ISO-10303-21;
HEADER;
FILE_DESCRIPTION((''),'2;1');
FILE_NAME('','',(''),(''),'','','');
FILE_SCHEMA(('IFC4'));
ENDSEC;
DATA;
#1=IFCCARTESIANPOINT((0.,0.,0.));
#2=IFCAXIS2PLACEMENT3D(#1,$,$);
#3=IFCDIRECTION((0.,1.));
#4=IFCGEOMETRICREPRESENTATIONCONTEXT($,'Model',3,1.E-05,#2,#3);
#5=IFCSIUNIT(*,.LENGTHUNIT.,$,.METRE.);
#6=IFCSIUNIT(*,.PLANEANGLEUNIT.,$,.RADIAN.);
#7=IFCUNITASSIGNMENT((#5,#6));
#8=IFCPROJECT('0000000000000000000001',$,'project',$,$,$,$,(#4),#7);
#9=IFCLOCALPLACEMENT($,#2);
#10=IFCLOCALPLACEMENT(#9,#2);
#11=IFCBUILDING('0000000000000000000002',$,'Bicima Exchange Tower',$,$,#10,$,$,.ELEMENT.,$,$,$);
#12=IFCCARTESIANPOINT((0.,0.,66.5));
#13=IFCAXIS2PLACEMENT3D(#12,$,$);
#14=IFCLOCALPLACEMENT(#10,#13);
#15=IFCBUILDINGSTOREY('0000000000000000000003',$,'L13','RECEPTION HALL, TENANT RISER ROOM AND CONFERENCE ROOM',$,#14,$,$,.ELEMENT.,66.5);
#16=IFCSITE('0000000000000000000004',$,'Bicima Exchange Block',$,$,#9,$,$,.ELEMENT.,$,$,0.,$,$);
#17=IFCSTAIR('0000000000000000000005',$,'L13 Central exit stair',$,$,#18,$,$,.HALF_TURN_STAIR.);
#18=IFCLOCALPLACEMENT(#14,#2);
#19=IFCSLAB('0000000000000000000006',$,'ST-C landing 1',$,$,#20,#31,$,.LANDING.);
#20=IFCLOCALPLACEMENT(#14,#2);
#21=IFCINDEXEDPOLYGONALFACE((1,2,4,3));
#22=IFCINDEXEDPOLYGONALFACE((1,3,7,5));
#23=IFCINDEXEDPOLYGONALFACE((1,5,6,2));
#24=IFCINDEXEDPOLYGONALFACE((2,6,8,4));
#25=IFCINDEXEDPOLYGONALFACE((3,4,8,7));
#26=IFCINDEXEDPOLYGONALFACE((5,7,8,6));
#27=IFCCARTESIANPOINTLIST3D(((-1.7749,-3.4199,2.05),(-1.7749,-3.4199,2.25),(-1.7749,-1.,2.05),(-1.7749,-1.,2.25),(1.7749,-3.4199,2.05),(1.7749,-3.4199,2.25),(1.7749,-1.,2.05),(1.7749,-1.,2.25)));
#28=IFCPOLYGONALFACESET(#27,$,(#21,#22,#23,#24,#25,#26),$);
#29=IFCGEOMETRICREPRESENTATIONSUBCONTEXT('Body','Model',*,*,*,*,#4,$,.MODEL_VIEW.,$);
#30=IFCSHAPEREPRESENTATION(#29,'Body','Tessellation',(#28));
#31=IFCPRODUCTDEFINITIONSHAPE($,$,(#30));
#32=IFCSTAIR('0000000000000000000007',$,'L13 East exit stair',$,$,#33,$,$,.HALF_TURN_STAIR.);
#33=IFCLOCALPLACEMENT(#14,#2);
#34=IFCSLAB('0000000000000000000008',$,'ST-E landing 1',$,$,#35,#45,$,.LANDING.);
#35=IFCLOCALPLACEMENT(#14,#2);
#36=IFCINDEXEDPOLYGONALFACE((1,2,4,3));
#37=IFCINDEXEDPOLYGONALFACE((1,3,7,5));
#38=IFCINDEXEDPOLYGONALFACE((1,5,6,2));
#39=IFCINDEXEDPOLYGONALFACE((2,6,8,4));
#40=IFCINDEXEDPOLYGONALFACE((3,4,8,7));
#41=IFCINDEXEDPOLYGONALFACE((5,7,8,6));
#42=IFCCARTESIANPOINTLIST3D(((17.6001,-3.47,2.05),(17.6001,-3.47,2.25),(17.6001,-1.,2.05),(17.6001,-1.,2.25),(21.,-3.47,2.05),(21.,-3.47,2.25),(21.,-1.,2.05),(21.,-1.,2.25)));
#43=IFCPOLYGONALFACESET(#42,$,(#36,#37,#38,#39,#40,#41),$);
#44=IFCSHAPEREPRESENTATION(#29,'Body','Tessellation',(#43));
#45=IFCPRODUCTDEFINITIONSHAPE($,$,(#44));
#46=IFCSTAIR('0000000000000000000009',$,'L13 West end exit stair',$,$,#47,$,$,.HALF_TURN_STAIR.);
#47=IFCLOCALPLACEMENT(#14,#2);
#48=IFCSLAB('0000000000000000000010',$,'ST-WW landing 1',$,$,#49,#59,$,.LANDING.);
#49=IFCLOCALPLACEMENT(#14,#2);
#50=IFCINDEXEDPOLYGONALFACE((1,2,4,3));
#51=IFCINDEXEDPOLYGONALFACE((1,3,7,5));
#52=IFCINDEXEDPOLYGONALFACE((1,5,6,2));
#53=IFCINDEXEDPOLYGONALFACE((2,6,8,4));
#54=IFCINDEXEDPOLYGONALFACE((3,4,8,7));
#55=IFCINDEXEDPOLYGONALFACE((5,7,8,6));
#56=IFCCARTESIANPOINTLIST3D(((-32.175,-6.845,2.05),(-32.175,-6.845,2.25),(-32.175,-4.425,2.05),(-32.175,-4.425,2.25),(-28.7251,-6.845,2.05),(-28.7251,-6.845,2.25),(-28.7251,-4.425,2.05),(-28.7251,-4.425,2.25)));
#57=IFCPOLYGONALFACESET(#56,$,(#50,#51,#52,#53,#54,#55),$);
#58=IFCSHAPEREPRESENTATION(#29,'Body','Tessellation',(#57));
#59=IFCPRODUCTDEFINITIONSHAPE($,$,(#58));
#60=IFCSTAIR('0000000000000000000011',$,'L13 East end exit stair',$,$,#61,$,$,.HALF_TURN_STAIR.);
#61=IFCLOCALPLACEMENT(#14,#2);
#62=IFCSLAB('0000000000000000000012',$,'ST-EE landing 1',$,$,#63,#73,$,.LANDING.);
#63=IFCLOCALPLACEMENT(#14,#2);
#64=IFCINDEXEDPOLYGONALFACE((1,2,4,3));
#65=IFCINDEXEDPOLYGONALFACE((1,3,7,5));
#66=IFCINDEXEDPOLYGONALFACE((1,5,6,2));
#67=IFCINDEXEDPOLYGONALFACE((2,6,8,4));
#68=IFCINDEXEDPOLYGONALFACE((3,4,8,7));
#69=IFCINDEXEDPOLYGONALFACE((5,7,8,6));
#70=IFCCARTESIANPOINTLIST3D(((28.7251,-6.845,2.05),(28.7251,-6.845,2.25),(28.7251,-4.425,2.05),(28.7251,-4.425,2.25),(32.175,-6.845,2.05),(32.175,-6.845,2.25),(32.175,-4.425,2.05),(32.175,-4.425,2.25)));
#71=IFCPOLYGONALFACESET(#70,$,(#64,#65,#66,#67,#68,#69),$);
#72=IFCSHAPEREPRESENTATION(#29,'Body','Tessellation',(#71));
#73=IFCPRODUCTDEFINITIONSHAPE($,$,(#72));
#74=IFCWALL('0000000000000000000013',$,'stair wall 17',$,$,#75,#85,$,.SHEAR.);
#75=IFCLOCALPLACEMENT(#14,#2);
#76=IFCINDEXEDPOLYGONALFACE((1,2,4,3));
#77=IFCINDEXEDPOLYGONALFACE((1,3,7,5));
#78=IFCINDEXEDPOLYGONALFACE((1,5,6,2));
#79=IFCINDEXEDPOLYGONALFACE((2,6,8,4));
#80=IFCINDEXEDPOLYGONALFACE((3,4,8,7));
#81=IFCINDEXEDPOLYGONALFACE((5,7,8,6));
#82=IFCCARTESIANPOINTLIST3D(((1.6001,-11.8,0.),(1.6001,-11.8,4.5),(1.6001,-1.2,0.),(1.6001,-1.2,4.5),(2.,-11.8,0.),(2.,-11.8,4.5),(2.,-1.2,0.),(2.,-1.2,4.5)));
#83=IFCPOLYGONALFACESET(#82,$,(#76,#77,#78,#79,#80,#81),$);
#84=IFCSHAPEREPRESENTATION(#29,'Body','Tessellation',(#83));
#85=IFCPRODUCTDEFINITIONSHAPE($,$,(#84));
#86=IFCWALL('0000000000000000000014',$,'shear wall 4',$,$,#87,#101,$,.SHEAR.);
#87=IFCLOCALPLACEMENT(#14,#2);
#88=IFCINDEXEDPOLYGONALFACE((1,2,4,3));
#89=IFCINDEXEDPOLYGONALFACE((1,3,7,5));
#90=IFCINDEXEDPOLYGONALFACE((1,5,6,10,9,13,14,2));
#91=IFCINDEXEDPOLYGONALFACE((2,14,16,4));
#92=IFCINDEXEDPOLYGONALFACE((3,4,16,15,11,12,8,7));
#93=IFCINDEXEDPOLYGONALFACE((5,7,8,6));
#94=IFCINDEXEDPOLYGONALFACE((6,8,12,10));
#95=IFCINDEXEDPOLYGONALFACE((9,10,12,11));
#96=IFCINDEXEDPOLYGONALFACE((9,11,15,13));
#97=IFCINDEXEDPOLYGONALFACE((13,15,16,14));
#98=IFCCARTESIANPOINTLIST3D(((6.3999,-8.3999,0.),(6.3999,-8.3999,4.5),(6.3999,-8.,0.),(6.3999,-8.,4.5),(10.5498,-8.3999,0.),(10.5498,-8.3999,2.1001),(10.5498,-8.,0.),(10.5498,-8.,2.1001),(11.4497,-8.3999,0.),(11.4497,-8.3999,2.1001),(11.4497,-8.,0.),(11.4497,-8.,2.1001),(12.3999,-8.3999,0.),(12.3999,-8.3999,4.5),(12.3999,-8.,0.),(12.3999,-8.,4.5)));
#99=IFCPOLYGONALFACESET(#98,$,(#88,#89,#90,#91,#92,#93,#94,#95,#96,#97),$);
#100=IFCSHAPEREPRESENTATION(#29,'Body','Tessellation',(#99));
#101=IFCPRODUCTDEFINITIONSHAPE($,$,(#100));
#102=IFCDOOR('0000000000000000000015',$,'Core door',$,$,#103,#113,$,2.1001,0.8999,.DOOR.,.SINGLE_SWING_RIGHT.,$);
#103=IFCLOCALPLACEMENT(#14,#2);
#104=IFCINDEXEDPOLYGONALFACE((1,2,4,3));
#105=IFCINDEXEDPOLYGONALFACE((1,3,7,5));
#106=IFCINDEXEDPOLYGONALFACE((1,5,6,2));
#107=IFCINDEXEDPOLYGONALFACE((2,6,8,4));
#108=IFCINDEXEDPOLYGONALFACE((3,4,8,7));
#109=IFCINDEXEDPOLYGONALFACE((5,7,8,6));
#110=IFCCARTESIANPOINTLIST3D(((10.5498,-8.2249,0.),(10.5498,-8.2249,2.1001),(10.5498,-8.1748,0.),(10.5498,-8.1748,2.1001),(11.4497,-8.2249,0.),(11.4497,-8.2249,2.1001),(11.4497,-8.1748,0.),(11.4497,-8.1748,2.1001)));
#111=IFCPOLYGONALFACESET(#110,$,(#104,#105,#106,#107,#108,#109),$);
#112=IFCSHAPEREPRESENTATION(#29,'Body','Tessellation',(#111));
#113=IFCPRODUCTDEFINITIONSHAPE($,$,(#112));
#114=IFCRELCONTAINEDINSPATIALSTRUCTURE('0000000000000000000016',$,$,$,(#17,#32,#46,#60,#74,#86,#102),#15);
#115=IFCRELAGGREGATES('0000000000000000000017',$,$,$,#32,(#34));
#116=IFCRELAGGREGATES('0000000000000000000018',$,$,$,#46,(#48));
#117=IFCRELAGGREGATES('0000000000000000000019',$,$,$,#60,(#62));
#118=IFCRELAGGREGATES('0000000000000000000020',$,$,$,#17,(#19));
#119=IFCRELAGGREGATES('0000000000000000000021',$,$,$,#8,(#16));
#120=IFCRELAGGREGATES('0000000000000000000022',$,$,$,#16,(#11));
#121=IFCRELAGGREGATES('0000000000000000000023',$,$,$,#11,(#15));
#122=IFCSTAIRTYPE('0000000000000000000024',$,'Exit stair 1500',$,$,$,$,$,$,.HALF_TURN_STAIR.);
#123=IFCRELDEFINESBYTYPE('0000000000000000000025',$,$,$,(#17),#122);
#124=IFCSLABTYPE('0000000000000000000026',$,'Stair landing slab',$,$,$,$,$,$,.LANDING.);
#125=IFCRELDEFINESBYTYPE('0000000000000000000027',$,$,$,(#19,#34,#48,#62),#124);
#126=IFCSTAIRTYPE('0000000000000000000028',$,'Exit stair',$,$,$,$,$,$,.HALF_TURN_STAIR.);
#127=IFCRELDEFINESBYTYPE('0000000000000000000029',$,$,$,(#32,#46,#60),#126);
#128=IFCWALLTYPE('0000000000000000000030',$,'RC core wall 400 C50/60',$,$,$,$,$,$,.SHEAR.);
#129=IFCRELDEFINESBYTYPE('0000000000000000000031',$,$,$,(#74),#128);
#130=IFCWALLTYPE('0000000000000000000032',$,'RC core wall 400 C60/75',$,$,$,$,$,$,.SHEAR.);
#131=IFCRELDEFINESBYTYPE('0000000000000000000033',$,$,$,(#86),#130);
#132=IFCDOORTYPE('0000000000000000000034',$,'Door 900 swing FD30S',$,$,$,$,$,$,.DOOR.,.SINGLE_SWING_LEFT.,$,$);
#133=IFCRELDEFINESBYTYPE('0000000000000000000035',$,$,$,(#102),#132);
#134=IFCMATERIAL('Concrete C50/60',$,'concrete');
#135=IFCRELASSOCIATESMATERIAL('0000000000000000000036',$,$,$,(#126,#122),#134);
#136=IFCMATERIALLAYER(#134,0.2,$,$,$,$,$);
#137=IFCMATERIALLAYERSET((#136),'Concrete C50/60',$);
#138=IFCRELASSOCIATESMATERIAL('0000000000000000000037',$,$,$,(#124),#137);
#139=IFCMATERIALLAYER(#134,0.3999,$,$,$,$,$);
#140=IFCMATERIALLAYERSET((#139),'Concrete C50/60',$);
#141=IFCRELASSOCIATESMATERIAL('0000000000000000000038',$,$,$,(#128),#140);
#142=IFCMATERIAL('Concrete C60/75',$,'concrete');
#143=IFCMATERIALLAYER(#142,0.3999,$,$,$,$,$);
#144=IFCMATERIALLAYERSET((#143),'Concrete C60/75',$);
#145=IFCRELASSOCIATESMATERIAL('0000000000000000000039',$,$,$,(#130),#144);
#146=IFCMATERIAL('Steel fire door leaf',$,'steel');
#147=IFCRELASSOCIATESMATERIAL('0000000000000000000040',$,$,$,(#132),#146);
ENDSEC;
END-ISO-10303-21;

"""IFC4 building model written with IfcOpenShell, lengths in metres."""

from ifc_helpers import new_model, si_unit, direction, frame, frame_2d, origin, place, context, subcontext, project, spatial, polyline, rectangle, outline, extrude, material, layer, layer_set, type_object, element, fill, aggregate, save


model = new_model("IFC4")

# Units and contexts
model_context = context("Model", 3, precision=1e-05, world=origin(), true_north=direction((0.0, 1.0)))
body_context = subcontext(model_context, "Body", "Model", "MODEL_VIEW")
ifc_project = project(units=[si_unit("LENGTHUNIT", "METRE"), si_unit("PLANEANGLEUNIT", "RADIAN")], contexts=[model_context])

# Site, building, storey
site_placement = place(None, origin())
site = spatial("IfcSite", under=ifc_project, at=site_placement, Name="Bicima Exchange Block", CompositionType="ELEMENT", RefElevation=0.0)
building_placement = place(site_placement, origin())
building = spatial("IfcBuilding", under=site, at=building_placement, Name="Bicima Exchange Tower", CompositionType="ELEMENT")
storey_placement = place(building_placement, frame((0.0, 0.0, 66.5)))
storey = spatial("IfcBuildingStorey", under=building, at=storey_placement, Name="L13", Description="RECEPTION HALL, TENANT RISER ROOM AND CONFERENCE ROOM", CompositionType="ELEMENT", Elevation=66.5)

# Stairs, slabs
ifc_material_1 = material(Name="Concrete C50/60", Category="concrete")
stair_type_1 = type_object("IfcStairType", Name="Exit stair", PredefinedType="HALF_TURN_STAIR", material=ifc_material_1)
ifc_layer_1 = layer(ifc_material_1, 0.2)
ifc_layer_set_1 = layer_set([ifc_layer_1], Name="Concrete C50/60")
slab_type_1 = type_object("IfcSlabType", Name="Stair landing slab", PredefinedType="LANDING", material=ifc_layer_set_1)
stair_type_2 = type_object("IfcStairType", Name="Exit stair 1500", PredefinedType="HALF_TURN_STAIR", material=ifc_material_1)
stair_1_placement = place(storey_placement, origin())
stair_1 = element("IfcStair", 1, at=stair_1_placement, inside=storey, type_object=stair_type_2, Name="L13 Central exit stair", PredefinedType="HALF_TURN_STAIR")
slab_1_placement = place(storey_placement, frame((0.0, 0.0, 2.05)))
slab_1 = element("IfcSlab", 2, at=slab_1_placement, type_object=slab_type_1, Name="ST-C landing 1", PredefinedType="LANDING", context=body_context, shape_type="SweptSolid", body=[
    extrude(outline(polyline([(1.7749, -3.4199), (1.7749, -1.0), (-1.7749, -1.0), (-1.7749, -3.4199), (1.7749, -3.4199)])), origin(), (0.0, 0.0, 1.0), 0.2),
])
stair_2_placement = place(storey_placement, origin())
stair_2 = element("IfcStair", 3, at=stair_2_placement, inside=storey, type_object=stair_type_1, Name="L13 East exit stair", PredefinedType="HALF_TURN_STAIR")
slab_2_placement = place(storey_placement, frame((0.0, 0.0, 2.05)))
slab_2 = element("IfcSlab", 4, at=slab_2_placement, type_object=slab_type_1, Name="ST-E landing 1", PredefinedType="LANDING", context=body_context, shape_type="SweptSolid", body=[
    extrude(outline(polyline([(21.0, -3.47), (21.0, -1.0), (17.6001, -1.0), (17.6001, -3.47), (21.0, -3.47)])), origin(), (0.0, 0.0, 1.0), 0.2),
])
aggregate(stair_2, [slab_2])
stair_3_placement = place(storey_placement, origin())
stair_3 = element("IfcStair", 5, at=stair_3_placement, inside=storey, type_object=stair_type_1, Name="L13 West end exit stair", PredefinedType="HALF_TURN_STAIR")
slab_3_placement = place(storey_placement, frame((0.0, 0.0, 2.05)))
slab_3 = element("IfcSlab", 6, at=slab_3_placement, type_object=slab_type_1, Name="ST-WW landing 1", PredefinedType="LANDING", context=body_context, shape_type="SweptSolid", body=[
    extrude(outline(polyline([(-28.7251, -6.845), (-28.7251, -4.425), (-32.175, -4.425), (-32.175, -6.845), (-28.7251, -6.845)])), origin(), (0.0, 0.0, 1.0), 0.2),
])
aggregate(stair_3, [slab_3])
stair_4_placement = place(storey_placement, origin())
stair_4 = element("IfcStair", 7, at=stair_4_placement, inside=storey, type_object=stair_type_1, Name="L13 East end exit stair", PredefinedType="HALF_TURN_STAIR")
slab_4_placement = place(storey_placement, frame((0.0, 0.0, 2.05)))
slab_4 = element("IfcSlab", 8, at=slab_4_placement, type_object=slab_type_1, Name="ST-EE landing 1", PredefinedType="LANDING", context=body_context, shape_type="SweptSolid", body=[
    extrude(outline(polyline([(32.175, -6.845), (32.175, -4.425), (28.7251, -4.425), (28.7251, -6.845), (32.175, -6.845)])), origin(), (0.0, 0.0, 1.0), 0.2),
])
aggregate(stair_4, [slab_4])

# Wall
ifc_layer_2 = layer(ifc_material_1, 0.3999)
ifc_layer_set_2 = layer_set([ifc_layer_2], Name="Concrete C50/60")
wall_type_1 = type_object("IfcWallType", Name="RC core wall 400 C50/60", PredefinedType="SHEAR", material=ifc_layer_set_2)
wall_1_placement = place(storey_placement, frame((1.8, -11.8, 0.0), z_axis=(0.0, 0.0, 1.0), x_axis=(0.0, 1.0, 0.0)))
element("IfcWall", 9, at=wall_1_placement, inside=storey, type_object=wall_type_1, Name="stair wall 17", PredefinedType="SHEAR", context=body_context, shape_type="SweptSolid", body=[
    extrude(rectangle(XDim=10.6001, YDim=0.3999, at=frame_2d((5.3, 0.0))), origin(), (0.0, 0.0, 1.0), 4.5),
])

# Wall, opening, door
ifc_material_2 = material(Name="Concrete C60/75", Category="concrete")
ifc_layer_3 = layer(ifc_material_2, 0.3999)
ifc_layer_set_3 = layer_set([ifc_layer_3], Name="Concrete C60/75")
wall_type_2 = type_object("IfcWallType", Name="RC core wall 400 C60/75", PredefinedType="SHEAR", material=ifc_layer_set_3)
wall_2_placement = place(storey_placement, frame((6.3999, -8.2, 0.0), z_axis=(0.0, 0.0, 1.0), x_axis=(1.0, 0.0, 0.0)))
wall_2 = element("IfcWall", 10, at=wall_2_placement, inside=storey, type_object=wall_type_2, Name="shear wall 4", PredefinedType="SHEAR", context=body_context, shape_type="SweptSolid", body=[
    extrude(rectangle(XDim=6.0, YDim=0.3999, at=frame_2d((3.0, 0.0))), origin(), (0.0, 0.0, 1.0), 4.5),
])
opening_1_placement = place(wall_2_placement, frame((4.1499, 0.0, 0.0)))
opening_1 = element("IfcOpeningElement", 11, at=opening_1_placement, cuts=wall_2, PredefinedType="OPENING", context=body_context, shape_type="SweptSolid", body=[
    extrude(rectangle(XDim=0.8999, YDim=2.1001, at=frame_2d((0.45, 1.05))), frame((0.0, 0.2119, 0.0), z_axis=(0.0, -1.0, 0.0), x_axis=(1.0, 0.0, 0.0)), (0.0, 0.0, 1.0), 0.4238),
])
ifc_material_3 = material(Name="Steel fire door leaf", Category="steel")
door_type_1 = type_object("IfcDoorType", Name="Door 900 swing FD30S", OperationType="SINGLE_SWING_LEFT", PredefinedType="DOOR", material=ifc_material_3)
door_1_placement = place(opening_1_placement, frame((0.8999, 0.0, 0.0), z_axis=(0.0, 0.0, 1.0), x_axis=(-1.0, 0.0, 0.0)))
door_1 = element("IfcDoor", 12, at=door_1_placement, inside=storey, type_object=door_type_1, Name="Core door", OperationType="SINGLE_SWING_RIGHT", OverallHeight=2.1001, OverallWidth=0.8999, PredefinedType="DOOR", context=body_context, shape_type="SweptSolid", body=[
    extrude(rectangle(XDim=0.8999, YDim=2.1001, at=frame_2d((0.45, 1.05))), frame((0.0, 0.0249, 0.0), z_axis=(0.0, -1.0, 0.0), x_axis=(1.0, 0.0, 0.0)), (0.0, 0.0, 1.0), 0.05),
])
fill(opening_1, door_1)

aggregate(stair_1, [slab_1])

save(model, "model.ifc")
